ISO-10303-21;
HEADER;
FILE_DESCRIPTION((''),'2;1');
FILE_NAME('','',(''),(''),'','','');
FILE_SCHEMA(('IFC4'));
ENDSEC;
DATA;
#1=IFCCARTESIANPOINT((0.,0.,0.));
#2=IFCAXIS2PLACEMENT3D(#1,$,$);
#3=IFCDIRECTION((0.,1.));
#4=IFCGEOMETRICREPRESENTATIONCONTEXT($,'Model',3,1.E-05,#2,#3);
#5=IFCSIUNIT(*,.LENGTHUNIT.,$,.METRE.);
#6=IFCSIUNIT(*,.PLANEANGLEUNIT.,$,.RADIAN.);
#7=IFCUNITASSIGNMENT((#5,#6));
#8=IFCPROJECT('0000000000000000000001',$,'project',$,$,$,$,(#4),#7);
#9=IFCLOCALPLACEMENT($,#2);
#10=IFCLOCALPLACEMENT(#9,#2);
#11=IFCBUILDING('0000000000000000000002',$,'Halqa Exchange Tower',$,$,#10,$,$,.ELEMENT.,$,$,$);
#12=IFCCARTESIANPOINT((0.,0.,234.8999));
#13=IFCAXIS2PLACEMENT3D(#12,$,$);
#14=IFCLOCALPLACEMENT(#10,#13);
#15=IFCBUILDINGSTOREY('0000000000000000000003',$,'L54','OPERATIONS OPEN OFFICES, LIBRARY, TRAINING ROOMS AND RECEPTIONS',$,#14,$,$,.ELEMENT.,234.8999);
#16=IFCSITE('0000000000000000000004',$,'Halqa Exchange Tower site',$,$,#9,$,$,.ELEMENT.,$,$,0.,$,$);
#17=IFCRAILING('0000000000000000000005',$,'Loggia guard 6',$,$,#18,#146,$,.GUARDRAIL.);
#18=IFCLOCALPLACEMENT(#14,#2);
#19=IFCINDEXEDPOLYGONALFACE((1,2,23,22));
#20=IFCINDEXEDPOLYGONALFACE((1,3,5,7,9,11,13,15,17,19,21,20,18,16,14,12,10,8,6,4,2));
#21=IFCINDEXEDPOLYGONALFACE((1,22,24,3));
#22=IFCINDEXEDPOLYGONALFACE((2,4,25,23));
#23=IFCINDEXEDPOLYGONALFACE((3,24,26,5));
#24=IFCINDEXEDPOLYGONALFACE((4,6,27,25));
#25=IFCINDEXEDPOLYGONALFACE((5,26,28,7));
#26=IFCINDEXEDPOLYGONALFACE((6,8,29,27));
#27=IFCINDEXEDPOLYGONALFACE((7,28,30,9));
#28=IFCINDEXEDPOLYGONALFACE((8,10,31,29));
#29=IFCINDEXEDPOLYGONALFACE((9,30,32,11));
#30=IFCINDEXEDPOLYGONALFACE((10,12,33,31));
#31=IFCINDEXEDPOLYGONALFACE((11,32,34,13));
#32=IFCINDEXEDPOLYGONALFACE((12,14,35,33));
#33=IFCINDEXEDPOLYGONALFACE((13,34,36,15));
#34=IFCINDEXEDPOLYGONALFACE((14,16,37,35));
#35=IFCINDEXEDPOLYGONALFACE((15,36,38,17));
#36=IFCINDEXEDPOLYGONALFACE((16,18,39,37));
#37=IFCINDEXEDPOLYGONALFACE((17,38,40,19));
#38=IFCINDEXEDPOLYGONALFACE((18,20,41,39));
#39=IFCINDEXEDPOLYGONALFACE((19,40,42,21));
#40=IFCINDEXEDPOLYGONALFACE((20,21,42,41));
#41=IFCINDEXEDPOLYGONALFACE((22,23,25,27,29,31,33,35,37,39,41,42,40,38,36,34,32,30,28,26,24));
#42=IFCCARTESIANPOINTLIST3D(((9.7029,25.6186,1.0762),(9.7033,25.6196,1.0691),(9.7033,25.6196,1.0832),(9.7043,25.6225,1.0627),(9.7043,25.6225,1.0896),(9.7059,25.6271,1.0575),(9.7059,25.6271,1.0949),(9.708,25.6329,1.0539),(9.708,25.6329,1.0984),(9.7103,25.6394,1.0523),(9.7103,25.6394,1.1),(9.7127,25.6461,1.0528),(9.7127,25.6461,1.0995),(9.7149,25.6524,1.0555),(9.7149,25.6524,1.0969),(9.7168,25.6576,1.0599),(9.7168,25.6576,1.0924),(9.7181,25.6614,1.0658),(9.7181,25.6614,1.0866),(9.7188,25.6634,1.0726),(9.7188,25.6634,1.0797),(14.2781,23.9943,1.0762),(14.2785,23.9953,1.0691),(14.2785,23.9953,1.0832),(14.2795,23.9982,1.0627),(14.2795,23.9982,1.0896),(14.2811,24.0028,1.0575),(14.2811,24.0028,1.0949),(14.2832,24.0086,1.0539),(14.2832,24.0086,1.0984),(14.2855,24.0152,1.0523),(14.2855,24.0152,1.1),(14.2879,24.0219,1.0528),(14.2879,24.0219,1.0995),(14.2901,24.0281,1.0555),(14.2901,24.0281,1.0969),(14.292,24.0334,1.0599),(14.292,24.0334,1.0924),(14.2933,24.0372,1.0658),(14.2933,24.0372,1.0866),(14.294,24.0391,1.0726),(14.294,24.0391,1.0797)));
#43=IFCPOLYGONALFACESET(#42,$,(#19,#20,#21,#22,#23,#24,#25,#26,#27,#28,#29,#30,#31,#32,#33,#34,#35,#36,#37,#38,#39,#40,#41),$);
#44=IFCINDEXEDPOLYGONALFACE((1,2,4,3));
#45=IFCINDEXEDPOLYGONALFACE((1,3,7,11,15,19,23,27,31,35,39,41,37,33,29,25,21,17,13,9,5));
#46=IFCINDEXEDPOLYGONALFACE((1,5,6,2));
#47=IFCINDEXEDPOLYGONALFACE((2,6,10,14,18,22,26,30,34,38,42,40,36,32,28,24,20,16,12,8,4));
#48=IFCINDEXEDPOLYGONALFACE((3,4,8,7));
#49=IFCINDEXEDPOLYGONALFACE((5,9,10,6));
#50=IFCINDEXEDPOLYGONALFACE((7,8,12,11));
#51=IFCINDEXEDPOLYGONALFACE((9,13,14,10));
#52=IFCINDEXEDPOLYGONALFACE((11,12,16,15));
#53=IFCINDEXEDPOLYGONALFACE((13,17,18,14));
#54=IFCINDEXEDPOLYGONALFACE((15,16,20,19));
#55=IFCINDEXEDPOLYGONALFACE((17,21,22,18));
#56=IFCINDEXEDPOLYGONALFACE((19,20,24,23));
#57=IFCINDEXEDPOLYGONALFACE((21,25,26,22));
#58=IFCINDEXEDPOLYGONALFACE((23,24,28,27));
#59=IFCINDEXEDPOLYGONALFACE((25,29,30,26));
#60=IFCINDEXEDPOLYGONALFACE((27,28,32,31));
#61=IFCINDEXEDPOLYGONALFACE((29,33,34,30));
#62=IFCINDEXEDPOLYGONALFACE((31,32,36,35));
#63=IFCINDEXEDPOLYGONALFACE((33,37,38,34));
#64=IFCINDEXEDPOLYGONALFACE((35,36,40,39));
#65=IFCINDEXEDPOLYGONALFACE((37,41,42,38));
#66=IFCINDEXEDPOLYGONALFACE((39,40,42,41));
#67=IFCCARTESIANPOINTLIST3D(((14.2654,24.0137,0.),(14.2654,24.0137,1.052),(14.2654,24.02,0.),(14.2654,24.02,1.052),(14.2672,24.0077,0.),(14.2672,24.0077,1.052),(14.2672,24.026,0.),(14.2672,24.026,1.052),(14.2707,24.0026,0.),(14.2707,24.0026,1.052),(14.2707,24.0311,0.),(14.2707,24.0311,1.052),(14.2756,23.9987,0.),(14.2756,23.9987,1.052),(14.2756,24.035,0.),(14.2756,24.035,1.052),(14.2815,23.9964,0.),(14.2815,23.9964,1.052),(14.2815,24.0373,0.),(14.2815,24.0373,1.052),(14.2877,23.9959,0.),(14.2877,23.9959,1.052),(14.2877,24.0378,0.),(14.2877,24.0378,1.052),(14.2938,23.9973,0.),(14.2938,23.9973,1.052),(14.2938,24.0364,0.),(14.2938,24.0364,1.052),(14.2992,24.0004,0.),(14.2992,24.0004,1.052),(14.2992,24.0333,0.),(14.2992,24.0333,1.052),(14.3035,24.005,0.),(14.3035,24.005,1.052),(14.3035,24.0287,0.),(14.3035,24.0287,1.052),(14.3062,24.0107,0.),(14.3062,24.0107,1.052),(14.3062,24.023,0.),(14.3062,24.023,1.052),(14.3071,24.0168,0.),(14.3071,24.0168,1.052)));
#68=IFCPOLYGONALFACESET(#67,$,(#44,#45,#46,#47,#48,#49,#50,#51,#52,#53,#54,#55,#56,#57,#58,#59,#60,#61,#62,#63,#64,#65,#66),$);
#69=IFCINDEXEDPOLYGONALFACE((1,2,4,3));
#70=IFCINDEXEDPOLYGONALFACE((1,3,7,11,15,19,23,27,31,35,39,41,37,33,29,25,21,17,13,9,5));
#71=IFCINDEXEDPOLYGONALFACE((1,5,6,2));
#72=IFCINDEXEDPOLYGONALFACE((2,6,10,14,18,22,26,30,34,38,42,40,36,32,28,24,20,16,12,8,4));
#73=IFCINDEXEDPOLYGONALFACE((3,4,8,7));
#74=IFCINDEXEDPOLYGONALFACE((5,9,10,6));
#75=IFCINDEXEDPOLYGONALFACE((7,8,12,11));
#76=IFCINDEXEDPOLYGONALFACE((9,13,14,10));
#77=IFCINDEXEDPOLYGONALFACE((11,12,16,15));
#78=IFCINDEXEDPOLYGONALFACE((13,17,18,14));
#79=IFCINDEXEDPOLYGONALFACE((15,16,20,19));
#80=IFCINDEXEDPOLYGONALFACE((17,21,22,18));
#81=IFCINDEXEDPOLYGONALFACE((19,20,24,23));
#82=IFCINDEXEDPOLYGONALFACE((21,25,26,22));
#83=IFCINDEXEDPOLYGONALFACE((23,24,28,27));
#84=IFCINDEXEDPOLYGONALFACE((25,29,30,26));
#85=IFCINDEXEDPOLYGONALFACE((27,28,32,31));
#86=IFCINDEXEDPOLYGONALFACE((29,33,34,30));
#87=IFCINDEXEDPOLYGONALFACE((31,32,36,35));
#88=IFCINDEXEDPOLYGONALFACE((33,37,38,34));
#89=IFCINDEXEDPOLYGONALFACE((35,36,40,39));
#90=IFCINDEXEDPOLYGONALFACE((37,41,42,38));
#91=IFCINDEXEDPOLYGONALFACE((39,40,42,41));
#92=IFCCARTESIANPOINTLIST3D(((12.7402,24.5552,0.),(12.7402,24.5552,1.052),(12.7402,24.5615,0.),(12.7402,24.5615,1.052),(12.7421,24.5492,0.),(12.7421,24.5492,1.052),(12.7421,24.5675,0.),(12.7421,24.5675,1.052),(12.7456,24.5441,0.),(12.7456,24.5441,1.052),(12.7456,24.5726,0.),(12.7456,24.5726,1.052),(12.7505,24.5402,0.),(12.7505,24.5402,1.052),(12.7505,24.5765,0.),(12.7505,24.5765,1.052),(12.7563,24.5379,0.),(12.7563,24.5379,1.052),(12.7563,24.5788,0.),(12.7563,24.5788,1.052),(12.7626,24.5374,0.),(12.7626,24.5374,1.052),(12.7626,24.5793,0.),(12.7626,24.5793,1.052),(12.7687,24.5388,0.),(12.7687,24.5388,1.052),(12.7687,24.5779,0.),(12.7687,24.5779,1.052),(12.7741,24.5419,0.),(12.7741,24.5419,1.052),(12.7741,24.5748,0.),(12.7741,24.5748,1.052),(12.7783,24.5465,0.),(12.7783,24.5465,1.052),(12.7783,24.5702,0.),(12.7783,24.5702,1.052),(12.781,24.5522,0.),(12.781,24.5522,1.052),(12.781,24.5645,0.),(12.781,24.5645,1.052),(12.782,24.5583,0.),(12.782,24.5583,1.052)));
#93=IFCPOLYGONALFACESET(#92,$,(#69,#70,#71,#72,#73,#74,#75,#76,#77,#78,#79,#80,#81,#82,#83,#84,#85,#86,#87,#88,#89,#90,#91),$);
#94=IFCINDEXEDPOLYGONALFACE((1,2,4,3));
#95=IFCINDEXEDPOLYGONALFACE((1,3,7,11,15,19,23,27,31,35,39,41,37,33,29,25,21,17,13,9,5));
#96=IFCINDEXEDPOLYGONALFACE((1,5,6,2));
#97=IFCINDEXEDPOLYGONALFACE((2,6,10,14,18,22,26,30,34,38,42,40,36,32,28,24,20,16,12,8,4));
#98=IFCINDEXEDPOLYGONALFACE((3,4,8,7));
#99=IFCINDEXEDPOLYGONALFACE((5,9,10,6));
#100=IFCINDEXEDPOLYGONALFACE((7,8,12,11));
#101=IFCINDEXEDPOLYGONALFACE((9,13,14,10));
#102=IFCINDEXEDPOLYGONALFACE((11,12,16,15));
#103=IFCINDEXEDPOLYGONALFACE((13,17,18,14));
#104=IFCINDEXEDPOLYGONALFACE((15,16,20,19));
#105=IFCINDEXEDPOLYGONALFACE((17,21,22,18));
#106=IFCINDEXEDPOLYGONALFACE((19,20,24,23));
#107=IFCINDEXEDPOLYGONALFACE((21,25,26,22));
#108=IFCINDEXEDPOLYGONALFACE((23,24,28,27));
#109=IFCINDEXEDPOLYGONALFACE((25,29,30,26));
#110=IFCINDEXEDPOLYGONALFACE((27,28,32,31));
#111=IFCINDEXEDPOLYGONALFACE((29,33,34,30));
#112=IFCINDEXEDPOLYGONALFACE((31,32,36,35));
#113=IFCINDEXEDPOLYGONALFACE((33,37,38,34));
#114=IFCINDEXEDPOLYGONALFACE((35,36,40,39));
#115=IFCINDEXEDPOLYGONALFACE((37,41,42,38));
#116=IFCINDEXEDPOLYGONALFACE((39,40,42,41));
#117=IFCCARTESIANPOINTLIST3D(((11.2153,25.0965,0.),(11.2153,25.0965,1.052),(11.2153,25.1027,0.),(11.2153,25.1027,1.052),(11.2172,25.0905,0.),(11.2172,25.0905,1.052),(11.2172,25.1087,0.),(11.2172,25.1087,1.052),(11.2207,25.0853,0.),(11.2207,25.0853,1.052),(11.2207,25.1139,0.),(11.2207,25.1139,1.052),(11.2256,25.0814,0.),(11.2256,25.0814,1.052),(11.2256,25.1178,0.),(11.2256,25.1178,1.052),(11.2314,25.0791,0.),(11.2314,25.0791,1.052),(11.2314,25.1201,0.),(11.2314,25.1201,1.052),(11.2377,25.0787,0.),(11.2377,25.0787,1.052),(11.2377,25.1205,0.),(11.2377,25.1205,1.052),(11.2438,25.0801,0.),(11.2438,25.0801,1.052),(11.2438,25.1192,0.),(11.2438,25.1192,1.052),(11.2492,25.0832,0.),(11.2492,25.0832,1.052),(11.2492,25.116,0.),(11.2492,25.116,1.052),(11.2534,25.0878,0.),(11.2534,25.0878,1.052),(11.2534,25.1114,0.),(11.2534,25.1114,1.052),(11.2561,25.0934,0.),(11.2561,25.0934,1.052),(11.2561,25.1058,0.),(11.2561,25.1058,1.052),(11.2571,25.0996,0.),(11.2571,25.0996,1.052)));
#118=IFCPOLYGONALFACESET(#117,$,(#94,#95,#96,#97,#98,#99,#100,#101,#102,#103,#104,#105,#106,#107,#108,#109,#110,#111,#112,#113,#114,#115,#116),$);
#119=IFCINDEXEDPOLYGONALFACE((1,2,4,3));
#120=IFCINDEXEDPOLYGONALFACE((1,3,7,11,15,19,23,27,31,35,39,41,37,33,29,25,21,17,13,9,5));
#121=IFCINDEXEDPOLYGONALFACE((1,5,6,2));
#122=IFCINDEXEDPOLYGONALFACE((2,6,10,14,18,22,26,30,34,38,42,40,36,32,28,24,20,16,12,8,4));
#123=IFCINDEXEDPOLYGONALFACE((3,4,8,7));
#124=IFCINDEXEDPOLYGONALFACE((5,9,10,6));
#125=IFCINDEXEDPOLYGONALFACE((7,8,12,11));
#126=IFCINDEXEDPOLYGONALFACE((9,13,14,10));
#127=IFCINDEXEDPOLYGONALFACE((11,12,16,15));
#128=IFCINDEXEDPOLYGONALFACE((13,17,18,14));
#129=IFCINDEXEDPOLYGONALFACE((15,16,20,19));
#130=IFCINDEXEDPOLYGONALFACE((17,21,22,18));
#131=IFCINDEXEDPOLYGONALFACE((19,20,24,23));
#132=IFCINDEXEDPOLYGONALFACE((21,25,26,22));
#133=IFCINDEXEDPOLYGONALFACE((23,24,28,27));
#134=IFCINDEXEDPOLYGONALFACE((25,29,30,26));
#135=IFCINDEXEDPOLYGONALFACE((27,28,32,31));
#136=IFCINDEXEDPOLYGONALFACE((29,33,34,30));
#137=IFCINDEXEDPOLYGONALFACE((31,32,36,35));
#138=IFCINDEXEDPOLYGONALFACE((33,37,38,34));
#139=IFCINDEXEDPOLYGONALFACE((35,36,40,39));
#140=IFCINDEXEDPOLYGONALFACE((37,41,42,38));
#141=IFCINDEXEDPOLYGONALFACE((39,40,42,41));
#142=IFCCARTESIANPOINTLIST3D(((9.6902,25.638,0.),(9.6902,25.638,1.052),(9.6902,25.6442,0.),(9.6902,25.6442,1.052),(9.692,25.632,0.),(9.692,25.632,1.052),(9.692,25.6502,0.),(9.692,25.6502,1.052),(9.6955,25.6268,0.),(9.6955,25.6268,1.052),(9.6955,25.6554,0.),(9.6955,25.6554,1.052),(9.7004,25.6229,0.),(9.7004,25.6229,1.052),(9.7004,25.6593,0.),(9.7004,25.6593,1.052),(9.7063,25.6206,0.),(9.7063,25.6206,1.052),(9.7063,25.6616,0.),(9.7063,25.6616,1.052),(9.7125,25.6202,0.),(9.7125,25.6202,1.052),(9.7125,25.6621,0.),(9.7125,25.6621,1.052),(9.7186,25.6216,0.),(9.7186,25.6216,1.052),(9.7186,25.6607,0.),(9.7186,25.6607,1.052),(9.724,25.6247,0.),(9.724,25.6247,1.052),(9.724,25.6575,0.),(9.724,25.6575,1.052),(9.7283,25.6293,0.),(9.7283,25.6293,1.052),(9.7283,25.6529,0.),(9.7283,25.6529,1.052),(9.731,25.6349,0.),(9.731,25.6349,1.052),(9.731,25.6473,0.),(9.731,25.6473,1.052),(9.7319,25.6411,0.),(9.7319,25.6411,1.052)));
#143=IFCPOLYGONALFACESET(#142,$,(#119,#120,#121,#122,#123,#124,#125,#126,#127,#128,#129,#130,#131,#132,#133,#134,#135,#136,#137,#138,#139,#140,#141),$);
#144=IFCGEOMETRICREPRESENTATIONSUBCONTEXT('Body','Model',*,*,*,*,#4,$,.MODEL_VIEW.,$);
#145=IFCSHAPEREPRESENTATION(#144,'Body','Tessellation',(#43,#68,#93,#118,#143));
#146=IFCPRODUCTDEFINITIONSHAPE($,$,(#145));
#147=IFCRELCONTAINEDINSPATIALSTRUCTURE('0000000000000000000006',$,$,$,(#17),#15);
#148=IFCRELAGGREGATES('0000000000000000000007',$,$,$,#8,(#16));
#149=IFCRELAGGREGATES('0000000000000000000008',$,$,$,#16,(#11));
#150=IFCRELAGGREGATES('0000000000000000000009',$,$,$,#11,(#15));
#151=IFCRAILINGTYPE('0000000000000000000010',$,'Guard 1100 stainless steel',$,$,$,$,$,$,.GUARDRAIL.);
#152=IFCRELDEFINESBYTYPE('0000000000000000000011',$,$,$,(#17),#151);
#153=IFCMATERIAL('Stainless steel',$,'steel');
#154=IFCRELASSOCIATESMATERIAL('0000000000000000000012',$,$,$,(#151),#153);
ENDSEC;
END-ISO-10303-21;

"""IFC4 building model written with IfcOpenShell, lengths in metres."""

from ifc_helpers import new_model, si_unit, direction, frame, origin, origin_2d, place, context, subcontext, project, spatial, circle, extrude, material, type_object, element, save


model = new_model("IFC4")

# Units and contexts
model_context = context("Model", 3, precision=1e-05, world=origin(), true_north=direction((0.0, 1.0)))
body_context = subcontext(model_context, "Body", "Model", "MODEL_VIEW")
ifc_project = project(units=[si_unit("LENGTHUNIT", "METRE"), si_unit("PLANEANGLEUNIT", "RADIAN")], contexts=[model_context])

# Site, building, storey
site_placement = place(None, origin())
site = spatial("IfcSite", under=ifc_project, at=site_placement, Name="Halqa Exchange Tower site", CompositionType="ELEMENT", RefElevation=0.0)
building_placement = place(site_placement, origin())
building = spatial("IfcBuilding", under=site, at=building_placement, Name="Halqa Exchange Tower", CompositionType="ELEMENT")
storey_placement = place(building_placement, frame((0.0, 0.0, 234.8999)))
storey = spatial("IfcBuildingStorey", under=building, at=storey_placement, Name="L54", Description="OPERATIONS OPEN OFFICES, LIBRARY, TRAINING ROOMS AND RECEPTIONS", CompositionType="ELEMENT", Elevation=234.8999)

# Railing
ifc_material_1 = material(Name="Stainless steel", Category="steel")
railing_type = type_object("IfcRailingType", Name="Guard 1100 stainless steel", PredefinedType="GUARDRAIL", material=ifc_material_1)
railing_1_placement = place(storey_placement, frame((14.2861, 24.0168, 0.0)))
element("IfcRailing", 1, at=railing_1_placement, inside=storey, type_object=railing_type, Name="Loggia guard 6", PredefinedType="GUARDRAIL", context=body_context, shape_type="SweptSolid", body=[
    extrude(circle(Radius=0.0239, at=origin_2d()), frame((0.0, 0.0, 1.0762), z_axis=(-0.942375, 0.334558, 0.0), x_axis=(-0.334558, -0.942375, 0.0)), (0.0, 0.0, 1.0), 4.855),
    extrude(circle(Radius=0.021, at=origin_2d()), origin(), (0.0, 0.0, 1.0), 1.052),
    extrude(circle(Radius=0.021, at=origin_2d()), frame((-1.5251, 0.5415, 0.0)), (0.0, 0.0, 1.0), 1.052),
    extrude(circle(Radius=0.021, at=origin_2d()), frame((-3.05, 1.0828, 0.0)), (0.0, 0.0, 1.0), 1.052),
    extrude(circle(Radius=0.021, at=origin_2d()), frame((-4.5752, 1.6243, 0.0)), (0.0, 0.0, 1.0), 1.052),
])

save(model, "model.ifc")
